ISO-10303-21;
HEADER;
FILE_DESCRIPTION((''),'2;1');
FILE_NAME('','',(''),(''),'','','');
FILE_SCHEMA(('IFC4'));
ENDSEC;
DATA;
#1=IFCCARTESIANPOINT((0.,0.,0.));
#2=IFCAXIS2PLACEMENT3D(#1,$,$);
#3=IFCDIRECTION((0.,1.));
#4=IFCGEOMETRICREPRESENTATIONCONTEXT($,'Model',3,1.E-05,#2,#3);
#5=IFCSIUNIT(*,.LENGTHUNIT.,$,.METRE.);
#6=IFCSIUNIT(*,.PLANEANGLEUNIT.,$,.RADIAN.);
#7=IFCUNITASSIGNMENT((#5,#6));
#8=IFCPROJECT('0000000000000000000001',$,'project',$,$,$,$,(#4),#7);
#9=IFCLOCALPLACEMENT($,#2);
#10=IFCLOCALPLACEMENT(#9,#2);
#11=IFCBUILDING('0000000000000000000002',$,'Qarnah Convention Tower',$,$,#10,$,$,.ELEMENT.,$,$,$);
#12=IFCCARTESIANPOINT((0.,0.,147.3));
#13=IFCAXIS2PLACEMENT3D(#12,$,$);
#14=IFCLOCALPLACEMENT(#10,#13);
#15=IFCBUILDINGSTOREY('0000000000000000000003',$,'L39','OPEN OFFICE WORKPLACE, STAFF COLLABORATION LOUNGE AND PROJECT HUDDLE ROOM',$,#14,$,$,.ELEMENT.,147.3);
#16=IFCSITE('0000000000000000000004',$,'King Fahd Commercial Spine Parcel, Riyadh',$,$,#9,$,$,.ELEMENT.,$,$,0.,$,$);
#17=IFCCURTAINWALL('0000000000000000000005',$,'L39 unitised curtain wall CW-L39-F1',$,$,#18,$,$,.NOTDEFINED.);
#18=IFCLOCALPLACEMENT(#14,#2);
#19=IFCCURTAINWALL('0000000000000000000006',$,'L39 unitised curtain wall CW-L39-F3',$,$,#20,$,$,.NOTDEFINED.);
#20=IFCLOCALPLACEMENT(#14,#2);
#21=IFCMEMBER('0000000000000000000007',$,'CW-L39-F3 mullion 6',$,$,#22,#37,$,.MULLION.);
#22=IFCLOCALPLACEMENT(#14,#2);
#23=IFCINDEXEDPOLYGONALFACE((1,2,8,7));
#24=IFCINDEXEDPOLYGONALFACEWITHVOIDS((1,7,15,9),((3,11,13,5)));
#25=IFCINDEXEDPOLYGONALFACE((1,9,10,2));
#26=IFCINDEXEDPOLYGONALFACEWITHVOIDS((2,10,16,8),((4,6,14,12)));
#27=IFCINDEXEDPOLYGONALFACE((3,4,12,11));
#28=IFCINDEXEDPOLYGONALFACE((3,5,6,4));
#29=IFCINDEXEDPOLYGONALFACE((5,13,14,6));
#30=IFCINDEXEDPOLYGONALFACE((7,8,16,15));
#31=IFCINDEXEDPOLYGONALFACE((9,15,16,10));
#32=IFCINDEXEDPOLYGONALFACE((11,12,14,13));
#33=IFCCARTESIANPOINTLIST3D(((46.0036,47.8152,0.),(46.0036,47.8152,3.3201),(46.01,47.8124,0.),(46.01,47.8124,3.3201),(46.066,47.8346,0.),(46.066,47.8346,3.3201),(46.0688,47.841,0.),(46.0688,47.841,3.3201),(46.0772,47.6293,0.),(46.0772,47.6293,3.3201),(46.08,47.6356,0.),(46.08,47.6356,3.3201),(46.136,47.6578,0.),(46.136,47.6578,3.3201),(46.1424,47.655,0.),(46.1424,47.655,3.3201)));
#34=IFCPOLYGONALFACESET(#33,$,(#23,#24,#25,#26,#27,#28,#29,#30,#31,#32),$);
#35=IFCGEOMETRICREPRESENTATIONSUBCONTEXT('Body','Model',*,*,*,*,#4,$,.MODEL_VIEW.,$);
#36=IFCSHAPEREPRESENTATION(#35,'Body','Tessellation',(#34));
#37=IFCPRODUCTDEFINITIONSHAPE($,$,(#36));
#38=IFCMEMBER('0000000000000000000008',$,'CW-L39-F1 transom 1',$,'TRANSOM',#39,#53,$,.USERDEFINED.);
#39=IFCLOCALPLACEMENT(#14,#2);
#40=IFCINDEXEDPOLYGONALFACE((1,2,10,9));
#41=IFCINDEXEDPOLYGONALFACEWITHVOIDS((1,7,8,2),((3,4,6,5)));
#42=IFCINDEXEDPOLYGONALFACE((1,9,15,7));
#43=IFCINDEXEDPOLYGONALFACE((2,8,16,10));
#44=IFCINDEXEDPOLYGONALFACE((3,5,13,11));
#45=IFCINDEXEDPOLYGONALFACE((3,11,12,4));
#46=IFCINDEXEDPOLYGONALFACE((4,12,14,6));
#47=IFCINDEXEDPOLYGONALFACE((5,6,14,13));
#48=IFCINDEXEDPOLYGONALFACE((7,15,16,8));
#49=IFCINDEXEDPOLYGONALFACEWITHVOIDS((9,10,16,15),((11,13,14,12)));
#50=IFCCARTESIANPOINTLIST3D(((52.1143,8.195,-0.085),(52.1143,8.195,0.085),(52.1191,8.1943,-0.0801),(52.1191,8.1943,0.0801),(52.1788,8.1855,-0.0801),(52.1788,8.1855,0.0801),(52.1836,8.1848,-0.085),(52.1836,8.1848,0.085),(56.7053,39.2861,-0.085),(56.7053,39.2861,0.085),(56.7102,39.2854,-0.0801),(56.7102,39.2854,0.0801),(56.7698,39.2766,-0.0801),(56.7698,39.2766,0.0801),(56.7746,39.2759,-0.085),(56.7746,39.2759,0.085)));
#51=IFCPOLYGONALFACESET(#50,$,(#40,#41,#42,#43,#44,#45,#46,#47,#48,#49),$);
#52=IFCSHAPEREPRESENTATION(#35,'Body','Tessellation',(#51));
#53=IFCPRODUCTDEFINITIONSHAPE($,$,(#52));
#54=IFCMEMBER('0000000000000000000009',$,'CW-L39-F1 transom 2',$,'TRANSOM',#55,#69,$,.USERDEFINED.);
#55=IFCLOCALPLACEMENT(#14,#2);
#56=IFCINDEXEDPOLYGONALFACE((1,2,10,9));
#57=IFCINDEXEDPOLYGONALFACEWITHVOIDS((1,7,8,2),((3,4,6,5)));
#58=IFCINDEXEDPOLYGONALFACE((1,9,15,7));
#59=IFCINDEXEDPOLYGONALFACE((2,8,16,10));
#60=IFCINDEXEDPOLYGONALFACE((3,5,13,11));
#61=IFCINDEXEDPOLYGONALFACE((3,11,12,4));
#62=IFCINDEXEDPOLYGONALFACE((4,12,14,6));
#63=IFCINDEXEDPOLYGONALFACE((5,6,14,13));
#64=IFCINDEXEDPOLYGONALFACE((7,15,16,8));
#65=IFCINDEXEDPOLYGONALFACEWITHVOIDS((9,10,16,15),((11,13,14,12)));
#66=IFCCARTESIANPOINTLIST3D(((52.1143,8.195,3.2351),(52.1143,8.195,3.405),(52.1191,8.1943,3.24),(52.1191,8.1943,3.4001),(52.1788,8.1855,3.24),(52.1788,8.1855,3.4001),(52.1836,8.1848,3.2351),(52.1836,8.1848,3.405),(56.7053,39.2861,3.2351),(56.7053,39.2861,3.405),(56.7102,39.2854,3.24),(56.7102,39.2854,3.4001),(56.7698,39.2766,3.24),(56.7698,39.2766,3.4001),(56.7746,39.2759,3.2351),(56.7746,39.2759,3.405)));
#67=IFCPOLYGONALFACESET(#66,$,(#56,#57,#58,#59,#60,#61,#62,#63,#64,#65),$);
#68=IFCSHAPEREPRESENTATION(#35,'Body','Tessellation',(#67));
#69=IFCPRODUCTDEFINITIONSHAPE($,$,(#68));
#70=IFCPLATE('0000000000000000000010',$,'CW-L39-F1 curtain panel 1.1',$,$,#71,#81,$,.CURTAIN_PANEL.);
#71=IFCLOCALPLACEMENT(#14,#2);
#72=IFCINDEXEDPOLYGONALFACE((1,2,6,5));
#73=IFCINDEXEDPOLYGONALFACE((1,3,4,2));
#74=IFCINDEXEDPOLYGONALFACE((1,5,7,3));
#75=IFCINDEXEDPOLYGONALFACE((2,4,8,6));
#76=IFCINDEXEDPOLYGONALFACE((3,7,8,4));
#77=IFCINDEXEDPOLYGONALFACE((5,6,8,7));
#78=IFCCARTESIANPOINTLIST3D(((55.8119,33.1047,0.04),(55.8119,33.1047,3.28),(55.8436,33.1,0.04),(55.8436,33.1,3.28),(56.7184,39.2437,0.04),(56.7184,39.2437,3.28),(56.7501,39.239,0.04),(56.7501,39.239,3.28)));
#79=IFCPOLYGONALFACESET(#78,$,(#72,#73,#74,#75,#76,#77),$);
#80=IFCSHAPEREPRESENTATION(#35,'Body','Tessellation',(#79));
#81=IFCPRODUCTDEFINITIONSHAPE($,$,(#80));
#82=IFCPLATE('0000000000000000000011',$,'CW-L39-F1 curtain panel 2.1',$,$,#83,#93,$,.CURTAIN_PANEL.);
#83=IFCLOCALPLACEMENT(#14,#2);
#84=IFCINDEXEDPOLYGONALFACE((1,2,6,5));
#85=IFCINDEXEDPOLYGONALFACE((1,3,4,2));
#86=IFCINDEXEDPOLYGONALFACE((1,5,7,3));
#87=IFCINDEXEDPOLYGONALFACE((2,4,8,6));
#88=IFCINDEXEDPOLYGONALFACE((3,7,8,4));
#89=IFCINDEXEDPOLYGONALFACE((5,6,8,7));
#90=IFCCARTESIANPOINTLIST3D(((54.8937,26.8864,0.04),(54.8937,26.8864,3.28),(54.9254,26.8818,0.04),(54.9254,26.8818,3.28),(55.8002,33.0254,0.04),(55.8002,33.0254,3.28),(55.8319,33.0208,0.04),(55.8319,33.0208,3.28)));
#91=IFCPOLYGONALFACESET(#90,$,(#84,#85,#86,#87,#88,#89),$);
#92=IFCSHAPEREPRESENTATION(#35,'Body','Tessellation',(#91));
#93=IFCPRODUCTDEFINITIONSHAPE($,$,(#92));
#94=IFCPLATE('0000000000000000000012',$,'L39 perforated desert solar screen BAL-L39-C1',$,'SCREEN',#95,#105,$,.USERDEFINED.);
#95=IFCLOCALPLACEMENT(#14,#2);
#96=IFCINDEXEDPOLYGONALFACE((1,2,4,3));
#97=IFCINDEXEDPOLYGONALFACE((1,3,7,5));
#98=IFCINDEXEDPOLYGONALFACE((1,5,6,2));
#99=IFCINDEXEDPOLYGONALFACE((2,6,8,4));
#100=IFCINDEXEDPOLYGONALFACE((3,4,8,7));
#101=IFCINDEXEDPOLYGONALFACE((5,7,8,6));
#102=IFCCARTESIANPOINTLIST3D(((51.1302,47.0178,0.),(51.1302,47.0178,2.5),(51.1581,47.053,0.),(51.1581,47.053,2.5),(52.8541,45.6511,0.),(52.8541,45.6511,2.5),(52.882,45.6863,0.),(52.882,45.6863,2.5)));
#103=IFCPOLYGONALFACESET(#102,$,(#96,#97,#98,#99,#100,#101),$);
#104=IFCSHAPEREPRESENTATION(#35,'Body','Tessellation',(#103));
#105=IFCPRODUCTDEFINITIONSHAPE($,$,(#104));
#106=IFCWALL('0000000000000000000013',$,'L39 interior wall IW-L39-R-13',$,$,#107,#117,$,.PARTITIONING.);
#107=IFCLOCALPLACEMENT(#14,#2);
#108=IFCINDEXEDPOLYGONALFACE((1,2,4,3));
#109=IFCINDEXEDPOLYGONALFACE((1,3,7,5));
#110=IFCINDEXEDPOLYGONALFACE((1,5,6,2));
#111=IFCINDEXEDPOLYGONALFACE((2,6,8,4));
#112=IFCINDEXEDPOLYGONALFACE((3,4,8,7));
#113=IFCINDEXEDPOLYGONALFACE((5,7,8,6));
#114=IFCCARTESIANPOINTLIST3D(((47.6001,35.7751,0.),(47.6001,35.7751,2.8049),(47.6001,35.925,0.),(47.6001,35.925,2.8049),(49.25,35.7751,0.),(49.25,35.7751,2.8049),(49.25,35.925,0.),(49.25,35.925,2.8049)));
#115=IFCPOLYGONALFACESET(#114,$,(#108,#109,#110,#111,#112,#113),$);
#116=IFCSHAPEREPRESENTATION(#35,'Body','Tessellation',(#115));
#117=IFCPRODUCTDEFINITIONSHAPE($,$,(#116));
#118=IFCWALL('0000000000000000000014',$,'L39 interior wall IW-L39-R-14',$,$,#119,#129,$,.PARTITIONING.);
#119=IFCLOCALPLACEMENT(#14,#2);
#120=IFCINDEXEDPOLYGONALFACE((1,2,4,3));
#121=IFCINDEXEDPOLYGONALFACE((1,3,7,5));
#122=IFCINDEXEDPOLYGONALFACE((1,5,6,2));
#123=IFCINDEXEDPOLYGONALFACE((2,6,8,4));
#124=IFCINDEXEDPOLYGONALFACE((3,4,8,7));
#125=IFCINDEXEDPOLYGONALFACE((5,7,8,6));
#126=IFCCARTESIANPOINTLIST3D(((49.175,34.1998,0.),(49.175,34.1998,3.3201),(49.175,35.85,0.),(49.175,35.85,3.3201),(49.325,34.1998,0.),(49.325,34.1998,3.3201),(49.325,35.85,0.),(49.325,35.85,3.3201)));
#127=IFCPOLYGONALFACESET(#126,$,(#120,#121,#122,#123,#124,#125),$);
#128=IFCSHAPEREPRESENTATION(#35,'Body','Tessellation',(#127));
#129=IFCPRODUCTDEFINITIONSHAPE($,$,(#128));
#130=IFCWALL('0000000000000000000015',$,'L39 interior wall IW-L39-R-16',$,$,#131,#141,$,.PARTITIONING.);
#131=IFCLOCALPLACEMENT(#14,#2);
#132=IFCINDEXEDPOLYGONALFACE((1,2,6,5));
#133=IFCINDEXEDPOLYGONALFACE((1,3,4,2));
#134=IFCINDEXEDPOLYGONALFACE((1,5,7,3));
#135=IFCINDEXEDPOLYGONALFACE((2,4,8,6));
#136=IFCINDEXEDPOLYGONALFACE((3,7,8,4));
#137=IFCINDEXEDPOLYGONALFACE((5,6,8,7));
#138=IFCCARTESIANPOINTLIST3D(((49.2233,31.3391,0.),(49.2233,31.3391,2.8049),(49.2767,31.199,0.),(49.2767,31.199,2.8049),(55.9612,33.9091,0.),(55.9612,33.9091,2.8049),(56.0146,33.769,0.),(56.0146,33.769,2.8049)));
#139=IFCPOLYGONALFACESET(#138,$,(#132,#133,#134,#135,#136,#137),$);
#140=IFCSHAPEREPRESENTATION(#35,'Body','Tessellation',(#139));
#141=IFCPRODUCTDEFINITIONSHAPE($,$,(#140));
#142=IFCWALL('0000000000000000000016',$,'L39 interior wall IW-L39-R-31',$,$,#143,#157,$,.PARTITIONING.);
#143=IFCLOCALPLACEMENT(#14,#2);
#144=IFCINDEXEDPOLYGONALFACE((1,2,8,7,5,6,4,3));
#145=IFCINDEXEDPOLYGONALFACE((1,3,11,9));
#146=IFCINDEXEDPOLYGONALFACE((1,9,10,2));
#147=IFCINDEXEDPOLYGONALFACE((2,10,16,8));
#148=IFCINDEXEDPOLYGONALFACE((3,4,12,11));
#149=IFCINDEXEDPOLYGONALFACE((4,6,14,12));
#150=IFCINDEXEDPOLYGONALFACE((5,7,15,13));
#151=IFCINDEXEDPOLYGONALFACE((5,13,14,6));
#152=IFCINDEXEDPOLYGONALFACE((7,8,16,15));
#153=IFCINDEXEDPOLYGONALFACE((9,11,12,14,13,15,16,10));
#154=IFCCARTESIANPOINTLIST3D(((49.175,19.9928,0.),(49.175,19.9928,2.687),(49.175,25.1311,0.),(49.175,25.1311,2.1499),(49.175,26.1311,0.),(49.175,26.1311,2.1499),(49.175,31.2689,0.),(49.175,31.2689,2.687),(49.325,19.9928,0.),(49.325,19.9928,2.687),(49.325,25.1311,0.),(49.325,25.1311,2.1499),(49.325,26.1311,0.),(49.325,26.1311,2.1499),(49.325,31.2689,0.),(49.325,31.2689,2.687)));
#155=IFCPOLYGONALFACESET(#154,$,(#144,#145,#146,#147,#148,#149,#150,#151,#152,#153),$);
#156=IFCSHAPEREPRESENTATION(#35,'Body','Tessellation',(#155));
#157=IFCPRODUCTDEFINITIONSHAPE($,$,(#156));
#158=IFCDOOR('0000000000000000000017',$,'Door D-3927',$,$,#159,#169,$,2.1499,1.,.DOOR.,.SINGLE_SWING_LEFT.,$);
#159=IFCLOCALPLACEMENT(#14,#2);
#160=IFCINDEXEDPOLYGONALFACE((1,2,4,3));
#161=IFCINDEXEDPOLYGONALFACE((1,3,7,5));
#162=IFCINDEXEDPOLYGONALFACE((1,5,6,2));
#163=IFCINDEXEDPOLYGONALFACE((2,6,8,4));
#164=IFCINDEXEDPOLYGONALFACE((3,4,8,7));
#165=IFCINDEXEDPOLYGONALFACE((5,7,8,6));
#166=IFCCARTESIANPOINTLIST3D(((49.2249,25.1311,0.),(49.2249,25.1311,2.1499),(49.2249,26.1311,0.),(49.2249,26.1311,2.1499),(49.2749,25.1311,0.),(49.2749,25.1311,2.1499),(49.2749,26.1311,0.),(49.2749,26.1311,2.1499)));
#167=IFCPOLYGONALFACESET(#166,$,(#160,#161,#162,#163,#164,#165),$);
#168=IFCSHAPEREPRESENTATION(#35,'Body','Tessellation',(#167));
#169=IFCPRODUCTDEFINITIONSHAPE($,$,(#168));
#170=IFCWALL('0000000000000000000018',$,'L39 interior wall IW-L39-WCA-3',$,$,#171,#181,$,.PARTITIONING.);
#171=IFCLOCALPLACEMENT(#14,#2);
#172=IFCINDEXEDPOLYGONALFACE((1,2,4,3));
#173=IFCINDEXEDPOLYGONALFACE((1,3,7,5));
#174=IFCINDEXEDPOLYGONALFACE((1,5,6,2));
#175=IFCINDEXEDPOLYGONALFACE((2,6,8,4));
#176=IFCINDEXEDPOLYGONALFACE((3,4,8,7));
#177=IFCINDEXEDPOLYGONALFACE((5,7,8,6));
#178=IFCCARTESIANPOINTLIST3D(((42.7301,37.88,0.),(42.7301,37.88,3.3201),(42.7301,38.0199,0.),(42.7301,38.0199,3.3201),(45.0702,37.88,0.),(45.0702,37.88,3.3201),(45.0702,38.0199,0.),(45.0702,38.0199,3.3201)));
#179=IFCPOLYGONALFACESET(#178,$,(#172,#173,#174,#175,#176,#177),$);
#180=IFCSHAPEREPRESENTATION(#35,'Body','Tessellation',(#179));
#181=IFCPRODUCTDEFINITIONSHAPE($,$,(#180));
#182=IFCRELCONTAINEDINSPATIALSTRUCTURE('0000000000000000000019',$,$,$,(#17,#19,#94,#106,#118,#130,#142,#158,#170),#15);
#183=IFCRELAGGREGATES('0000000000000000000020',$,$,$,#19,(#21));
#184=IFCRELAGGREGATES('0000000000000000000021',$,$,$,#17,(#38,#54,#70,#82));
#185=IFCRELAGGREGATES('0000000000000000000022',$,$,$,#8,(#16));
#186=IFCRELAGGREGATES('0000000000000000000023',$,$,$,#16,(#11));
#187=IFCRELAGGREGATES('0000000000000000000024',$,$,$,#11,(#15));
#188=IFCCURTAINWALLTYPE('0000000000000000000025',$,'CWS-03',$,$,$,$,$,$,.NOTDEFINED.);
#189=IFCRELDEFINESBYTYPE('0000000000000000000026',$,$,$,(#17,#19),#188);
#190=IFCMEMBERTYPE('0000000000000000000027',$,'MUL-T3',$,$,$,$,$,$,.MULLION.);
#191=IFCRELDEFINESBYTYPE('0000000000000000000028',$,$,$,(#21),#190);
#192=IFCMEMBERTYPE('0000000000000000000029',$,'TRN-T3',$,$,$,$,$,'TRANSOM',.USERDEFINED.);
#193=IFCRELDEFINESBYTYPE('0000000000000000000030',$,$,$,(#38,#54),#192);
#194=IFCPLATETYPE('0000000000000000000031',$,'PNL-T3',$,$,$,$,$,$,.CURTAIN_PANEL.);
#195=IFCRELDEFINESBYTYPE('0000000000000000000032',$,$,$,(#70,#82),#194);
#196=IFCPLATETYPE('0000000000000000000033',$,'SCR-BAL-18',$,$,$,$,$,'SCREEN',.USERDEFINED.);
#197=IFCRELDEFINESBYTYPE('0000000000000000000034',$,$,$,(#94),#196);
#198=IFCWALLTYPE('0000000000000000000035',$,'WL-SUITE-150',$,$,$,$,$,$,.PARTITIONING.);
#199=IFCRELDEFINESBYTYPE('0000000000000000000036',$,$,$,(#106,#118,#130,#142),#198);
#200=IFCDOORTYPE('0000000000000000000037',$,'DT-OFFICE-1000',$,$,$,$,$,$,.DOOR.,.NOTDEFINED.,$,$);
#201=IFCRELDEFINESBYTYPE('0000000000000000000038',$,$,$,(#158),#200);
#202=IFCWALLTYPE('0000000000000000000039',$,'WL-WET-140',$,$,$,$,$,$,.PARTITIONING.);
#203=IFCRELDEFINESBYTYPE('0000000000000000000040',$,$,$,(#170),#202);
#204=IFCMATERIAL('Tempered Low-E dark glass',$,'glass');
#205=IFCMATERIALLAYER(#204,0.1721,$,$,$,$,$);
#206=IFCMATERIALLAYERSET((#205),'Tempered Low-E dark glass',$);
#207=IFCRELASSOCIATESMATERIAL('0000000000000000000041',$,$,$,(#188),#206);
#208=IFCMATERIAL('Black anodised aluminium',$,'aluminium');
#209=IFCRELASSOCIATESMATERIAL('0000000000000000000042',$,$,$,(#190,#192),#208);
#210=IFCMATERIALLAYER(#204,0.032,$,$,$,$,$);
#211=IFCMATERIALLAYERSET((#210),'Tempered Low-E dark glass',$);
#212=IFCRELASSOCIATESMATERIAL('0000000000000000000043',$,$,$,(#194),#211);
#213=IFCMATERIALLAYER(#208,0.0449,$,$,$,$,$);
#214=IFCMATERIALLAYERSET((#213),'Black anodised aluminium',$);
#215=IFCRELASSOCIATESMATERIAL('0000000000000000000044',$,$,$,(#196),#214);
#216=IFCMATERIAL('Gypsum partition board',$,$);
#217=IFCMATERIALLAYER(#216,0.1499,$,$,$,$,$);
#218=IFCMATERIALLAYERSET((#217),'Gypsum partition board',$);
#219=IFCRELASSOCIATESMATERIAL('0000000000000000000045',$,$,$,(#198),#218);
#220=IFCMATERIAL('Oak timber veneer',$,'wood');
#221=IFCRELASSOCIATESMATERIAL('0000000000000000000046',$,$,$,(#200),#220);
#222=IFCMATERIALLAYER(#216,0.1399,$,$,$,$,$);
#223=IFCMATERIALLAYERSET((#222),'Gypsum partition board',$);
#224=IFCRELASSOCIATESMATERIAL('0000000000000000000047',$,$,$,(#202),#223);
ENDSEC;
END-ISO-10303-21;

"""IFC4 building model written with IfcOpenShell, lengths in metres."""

from ifc_helpers import new_model, si_unit, direction, frame, frame_2d, origin, origin_2d, place, context, subcontext, project, spatial, rectangle, hollow_rectangle, extrude, material, layer, layer_set, material_profile, profile_set, type_object, element, fill, aggregate, save


model = new_model("IFC4")

# Units and contexts
model_context = context("Model", 3, precision=1e-05, world=origin(), true_north=direction((0.0, 1.0)))
body_context = subcontext(model_context, "Body", "Model", "MODEL_VIEW")
ifc_project = project(units=[si_unit("LENGTHUNIT", "METRE"), si_unit("PLANEANGLEUNIT", "RADIAN")], contexts=[model_context])

# Site, building, storey
site_placement = place(None, origin())
site = spatial("IfcSite", under=ifc_project, at=site_placement, Name="King Fahd Commercial Spine Parcel, Riyadh", CompositionType="ELEMENT", RefElevation=0.0)
building_placement = place(site_placement, origin())
building = spatial("IfcBuilding", under=site, at=building_placement, Name="Qarnah Convention Tower", CompositionType="ELEMENT")
storey_placement = place(building_placement, frame((0.0, 0.0, 147.3)))
storey = spatial("IfcBuildingStorey", under=building, at=storey_placement, Name="L39", Description="OPEN OFFICE WORKPLACE, STAFF COLLABORATION LOUNGE AND PROJECT HUDDLE ROOM", CompositionType="ELEMENT", Elevation=147.3)

# Curtain wall
ifc_material_1 = material(Name="Tempered Low-E dark glass", Category="glass")
ifc_layer_1 = layer(ifc_material_1, 0.1721)
ifc_layer_set_1 = layer_set([ifc_layer_1], Name="Tempered Low-E dark glass")
curtain_wall_type = type_object("IfcCurtainWallType", Name="CWS-03", PredefinedType="NOTDEFINED", material=ifc_layer_set_1)
curtain_wall_1_placement = place(storey_placement, origin())
curtain_wall_1 = element("IfcCurtainWall", 1, at=curtain_wall_1_placement, inside=storey, type_object=curtain_wall_type, Name="L39 unitised curtain wall CW-L39-F1", PredefinedType="NOTDEFINED")
ifc_material_2 = material(Name="Black anodised aluminium", Category="aluminium")
ifc_material_profile_1 = material_profile(ifc_material_2, hollow_rectangle(XDim=0.0701, YDim=0.2, WallThickness=0.0049, at=origin_2d()), Name="MUL-70X200")
ifc_profile_set_1 = profile_set([ifc_material_profile_1], Name="Black anodised aluminium")
member_type_1 = type_object("IfcMemberType", Name="MUL-T3", PredefinedType="MULLION", material=ifc_profile_set_1)

# Curtain wall, member
curtain_wall_2_placement = place(storey_placement, origin())
curtain_wall_2 = element("IfcCurtainWall", 2, at=curtain_wall_2_placement, inside=storey, type_object=curtain_wall_type, Name="L39 unitised curtain wall CW-L39-F3", PredefinedType="NOTDEFINED")
member_1_placement = place(storey_placement, frame((46.073, 47.7351, 0.0), z_axis=(0.0, 0.0, 1.0), x_axis=(0.929777, 0.368124, 0.0)))
member_1 = element("IfcMember", 3, at=member_1_placement, type_object=member_type_1, Name="CW-L39-F3 mullion 6", PredefinedType="MULLION", context=body_context, shape_type="SweptSolid", body=[
    extrude(hollow_rectangle(XDim=0.0701, YDim=0.2, WallThickness=0.0049, at=origin_2d()), origin(), (0.0, 0.0, 1.0), 3.3201),
])
aggregate(curtain_wall_2, [member_1])

# Members
ifc_material_profile_2 = material_profile(ifc_material_2, hollow_rectangle(XDim=0.0701, YDim=0.1699, WallThickness=0.0049, at=origin_2d()), Name="TRN-70X170")
ifc_profile_set_2 = profile_set([ifc_material_profile_2], Name="Black anodised aluminium")
member_type_2 = type_object("IfcMemberType", Name="TRN-T3", ElementType="TRANSOM", PredefinedType="USERDEFINED", material=ifc_profile_set_2)
member_2_placement = place(storey_placement, frame((56.74, 39.281, 0.0), z_axis=(-0.146081, -0.989273, 0.0), x_axis=(0.989273, -0.146081, 0.0)))
member_2 = element("IfcMember", 4, at=member_2_placement, type_object=member_type_2, Name="CW-L39-F1 transom 1", ObjectType="TRANSOM", PredefinedType="USERDEFINED", context=body_context, shape_type="SweptSolid", body=[
    extrude(hollow_rectangle(XDim=0.0701, YDim=0.1699, WallThickness=0.0049, at=origin_2d()), origin(), (0.0, 0.0, 1.0), 31.4282),
])
member_3_placement = place(storey_placement, frame((56.74, 39.281, 3.3201), z_axis=(-0.146081, -0.989273, 0.0), x_axis=(0.989273, -0.146081, 0.0)))
member_3 = element("IfcMember", 5, at=member_3_placement, type_object=member_type_2, Name="CW-L39-F1 transom 2", ObjectType="TRANSOM", PredefinedType="USERDEFINED", context=body_context, shape_type="SweptSolid", body=[
    extrude(hollow_rectangle(XDim=0.0701, YDim=0.1699, WallThickness=0.0049, at=origin_2d()), origin(), (0.0, 0.0, 1.0), 31.4282),
])

# Plates
ifc_layer_2 = layer(ifc_material_1, 0.032)
ifc_layer_set_2 = layer_set([ifc_layer_2], Name="Tempered Low-E dark glass")
plate_type_1 = type_object("IfcPlateType", Name="PNL-T3", PredefinedType="CURTAIN_PANEL", material=ifc_layer_set_2)
plate_1_placement = place(storey_placement, frame((56.281, 36.1719, 0.04), z_axis=(0.0, 0.0, 1.0), x_axis=(-0.146079, -0.989273, 0.0)))
plate_1 = element("IfcPlate", 6, at=plate_1_placement, type_object=plate_type_1, Name="CW-L39-F1 curtain panel 1.1", PredefinedType="CURTAIN_PANEL", context=body_context, shape_type="SweptSolid", body=[
    extrude(rectangle(XDim=6.2056, YDim=0.032, at=origin_2d()), origin(), (0.0, 0.0, 1.0), 3.24),
])
plate_2_placement = place(storey_placement, frame((55.3628, 29.9536, 0.04), z_axis=(0.0, 0.0, 1.0), x_axis=(-0.146079, -0.989273, 0.0)))
plate_2 = element("IfcPlate", 7, at=plate_2_placement, type_object=plate_type_1, Name="CW-L39-F1 curtain panel 2.1", PredefinedType="CURTAIN_PANEL", context=body_context, shape_type="SweptSolid", body=[
    extrude(rectangle(XDim=6.2056, YDim=0.032, at=origin_2d()), origin(), (0.0, 0.0, 1.0), 3.24),
])
aggregate(curtain_wall_1, [member_2, member_3, plate_1, plate_2])
ifc_layer_3 = layer(ifc_material_2, 0.0449)
ifc_layer_set_3 = layer_set([ifc_layer_3], Name="Black anodised aluminium")
plate_type_2 = type_object("IfcPlateType", Name="SCR-BAL-18", ElementType="SCREEN", PredefinedType="USERDEFINED", material=ifc_layer_set_3)
plate_3_placement = place(storey_placement, frame((52.0061, 46.3521, 0.0), z_axis=(0.0, 0.0, 1.0), x_axis=(0.783618, -0.621244, 0.0)))
element("IfcPlate", 8, at=plate_3_placement, inside=storey, type_object=plate_type_2, Name="L39 perforated desert solar screen BAL-L39-C1", ObjectType="SCREEN", PredefinedType="USERDEFINED", context=body_context, shape_type="SweptSolid", body=[
    extrude(rectangle(XDim=2.2, YDim=0.0449, at=origin_2d()), origin(), (0.0, 0.0, 1.0), 2.5),
])

# Walls
ifc_material_3 = material(Name="Gypsum partition board")
ifc_layer_4 = layer(ifc_material_3, 0.1499)
ifc_layer_set_4 = layer_set([ifc_layer_4], Name="Gypsum partition board")
wall_type_1 = type_object("IfcWallType", Name="WL-SUITE-150", PredefinedType="PARTITIONING", material=ifc_layer_set_4)
wall_1_placement = place(storey_placement, frame((47.6001, 35.8501, 0.0), z_axis=(0.0, 0.0, 1.0), x_axis=(1.0, 0.0, 0.0)))
element("IfcWall", 9, at=wall_1_placement, inside=storey, type_object=wall_type_1, Name="L39 interior wall IW-L39-R-13", PredefinedType="PARTITIONING", context=body_context, shape_type="SweptSolid", body=[
    extrude(rectangle(XDim=1.6499, YDim=0.1499, at=frame_2d((0.825, 0.0))), origin(), (0.0, 0.0, 1.0), 2.8049),
])
wall_2_placement = place(storey_placement, frame((49.25, 35.8501, 0.0), z_axis=(0.0, 0.0, 1.0), x_axis=(0.0, -1.0, 0.0)))
element("IfcWall", 10, at=wall_2_placement, inside=storey, type_object=wall_type_1, Name="L39 interior wall IW-L39-R-14", PredefinedType="PARTITIONING", context=body_context, shape_type="SweptSolid", body=[
    extrude(rectangle(XDim=1.6501, YDim=0.1499, at=frame_2d((0.8252, 0.0))), origin(), (0.0, 0.0, 1.0), 3.3201),
])

# Shared definitions
ifc_material_4 = material(Name="Oak timber veneer", Category="wood")
door_type_1 = type_object("IfcDoorType", Name="DT-OFFICE-1000", OperationType="NOTDEFINED", PredefinedType="DOOR", material=ifc_material_4)

# Wall
wall_3_placement = place(storey_placement, frame((49.25, 31.269, 0.0), z_axis=(0.0, 0.0, 1.0), x_axis=(0.93434, 0.356382, 0.0)))
element("IfcWall", 11, at=wall_3_placement, inside=storey, type_object=wall_type_1, Name="L39 interior wall IW-L39-R-16", PredefinedType="PARTITIONING", context=body_context, shape_type="SweptSolid", body=[
    extrude(rectangle(XDim=7.2114, YDim=0.1499, at=frame_2d((3.6057, 0.0))), origin(), (0.0, 0.0, 1.0), 2.8049),
])

# Wall, opening, door
wall_4_placement = place(storey_placement, frame((49.25, 31.269, 0.0), z_axis=(0.0, 0.0, 1.0), x_axis=(0.0, -1.0, 0.0)))
wall_4 = element("IfcWall", 12, at=wall_4_placement, inside=storey, type_object=wall_type_1, Name="L39 interior wall IW-L39-R-31", PredefinedType="PARTITIONING", context=body_context, shape_type="SweptSolid", body=[
    extrude(rectangle(XDim=11.2761, YDim=0.1499, at=frame_2d((5.6382, 0.0))), origin(), (0.0, 0.0, 1.0), 2.687),
])
opening_1_placement = place(wall_4_placement, frame((5.1379, 0.0, 0.0)))
opening_1 = element("IfcOpeningElement", 13, at=opening_1_placement, cuts=wall_4, PredefinedType="OPENING", context=body_context, shape_type="SweptSolid", body=[
    extrude(rectangle(XDim=1.0, YDim=2.1499, at=frame_2d((0.5, 1.075))), frame((0.0, 0.085, 0.0), z_axis=(0.0, -1.0, 0.0), x_axis=(1.0, 0.0, 0.0)), (0.0, 0.0, 1.0), 0.1699),
])
door_1_placement = place(opening_1_placement, origin())
door_1 = element("IfcDoor", 14, at=door_1_placement, inside=storey, type_object=door_type_1, Name="Door D-3927", OperationType="SINGLE_SWING_LEFT", OverallHeight=2.1499, OverallWidth=1.0, PredefinedType="DOOR", context=body_context, shape_type="SweptSolid", body=[
    extrude(rectangle(XDim=1.0, YDim=2.1499, at=frame_2d((0.5, 1.075))), frame((0.0, 0.0249, 0.0), z_axis=(0.0, -1.0, 0.0), x_axis=(1.0, 0.0, 0.0)), (0.0, 0.0, 1.0), 0.05),
])
fill(opening_1, door_1)

# Wall
ifc_layer_5 = layer(ifc_material_3, 0.1399)
ifc_layer_set_5 = layer_set([ifc_layer_5], Name="Gypsum partition board")
wall_type_2 = type_object("IfcWallType", Name="WL-WET-140", PredefinedType="PARTITIONING", material=ifc_layer_set_5)
wall_5_placement = place(storey_placement, frame((45.0701, 37.95, 0.0), z_axis=(0.0, 0.0, 1.0), x_axis=(-1.0, 0.0, 0.0)))
element("IfcWall", 15, at=wall_5_placement, inside=storey, type_object=wall_type_2, Name="L39 interior wall IW-L39-WCA-3", PredefinedType="PARTITIONING", context=body_context, shape_type="SweptSolid", body=[
    extrude(rectangle(XDim=2.3401, YDim=0.1399, at=frame_2d((1.1699, 0.0))), origin(), (0.0, 0.0, 1.0), 3.3201),
])

save(model, "model.ifc")
